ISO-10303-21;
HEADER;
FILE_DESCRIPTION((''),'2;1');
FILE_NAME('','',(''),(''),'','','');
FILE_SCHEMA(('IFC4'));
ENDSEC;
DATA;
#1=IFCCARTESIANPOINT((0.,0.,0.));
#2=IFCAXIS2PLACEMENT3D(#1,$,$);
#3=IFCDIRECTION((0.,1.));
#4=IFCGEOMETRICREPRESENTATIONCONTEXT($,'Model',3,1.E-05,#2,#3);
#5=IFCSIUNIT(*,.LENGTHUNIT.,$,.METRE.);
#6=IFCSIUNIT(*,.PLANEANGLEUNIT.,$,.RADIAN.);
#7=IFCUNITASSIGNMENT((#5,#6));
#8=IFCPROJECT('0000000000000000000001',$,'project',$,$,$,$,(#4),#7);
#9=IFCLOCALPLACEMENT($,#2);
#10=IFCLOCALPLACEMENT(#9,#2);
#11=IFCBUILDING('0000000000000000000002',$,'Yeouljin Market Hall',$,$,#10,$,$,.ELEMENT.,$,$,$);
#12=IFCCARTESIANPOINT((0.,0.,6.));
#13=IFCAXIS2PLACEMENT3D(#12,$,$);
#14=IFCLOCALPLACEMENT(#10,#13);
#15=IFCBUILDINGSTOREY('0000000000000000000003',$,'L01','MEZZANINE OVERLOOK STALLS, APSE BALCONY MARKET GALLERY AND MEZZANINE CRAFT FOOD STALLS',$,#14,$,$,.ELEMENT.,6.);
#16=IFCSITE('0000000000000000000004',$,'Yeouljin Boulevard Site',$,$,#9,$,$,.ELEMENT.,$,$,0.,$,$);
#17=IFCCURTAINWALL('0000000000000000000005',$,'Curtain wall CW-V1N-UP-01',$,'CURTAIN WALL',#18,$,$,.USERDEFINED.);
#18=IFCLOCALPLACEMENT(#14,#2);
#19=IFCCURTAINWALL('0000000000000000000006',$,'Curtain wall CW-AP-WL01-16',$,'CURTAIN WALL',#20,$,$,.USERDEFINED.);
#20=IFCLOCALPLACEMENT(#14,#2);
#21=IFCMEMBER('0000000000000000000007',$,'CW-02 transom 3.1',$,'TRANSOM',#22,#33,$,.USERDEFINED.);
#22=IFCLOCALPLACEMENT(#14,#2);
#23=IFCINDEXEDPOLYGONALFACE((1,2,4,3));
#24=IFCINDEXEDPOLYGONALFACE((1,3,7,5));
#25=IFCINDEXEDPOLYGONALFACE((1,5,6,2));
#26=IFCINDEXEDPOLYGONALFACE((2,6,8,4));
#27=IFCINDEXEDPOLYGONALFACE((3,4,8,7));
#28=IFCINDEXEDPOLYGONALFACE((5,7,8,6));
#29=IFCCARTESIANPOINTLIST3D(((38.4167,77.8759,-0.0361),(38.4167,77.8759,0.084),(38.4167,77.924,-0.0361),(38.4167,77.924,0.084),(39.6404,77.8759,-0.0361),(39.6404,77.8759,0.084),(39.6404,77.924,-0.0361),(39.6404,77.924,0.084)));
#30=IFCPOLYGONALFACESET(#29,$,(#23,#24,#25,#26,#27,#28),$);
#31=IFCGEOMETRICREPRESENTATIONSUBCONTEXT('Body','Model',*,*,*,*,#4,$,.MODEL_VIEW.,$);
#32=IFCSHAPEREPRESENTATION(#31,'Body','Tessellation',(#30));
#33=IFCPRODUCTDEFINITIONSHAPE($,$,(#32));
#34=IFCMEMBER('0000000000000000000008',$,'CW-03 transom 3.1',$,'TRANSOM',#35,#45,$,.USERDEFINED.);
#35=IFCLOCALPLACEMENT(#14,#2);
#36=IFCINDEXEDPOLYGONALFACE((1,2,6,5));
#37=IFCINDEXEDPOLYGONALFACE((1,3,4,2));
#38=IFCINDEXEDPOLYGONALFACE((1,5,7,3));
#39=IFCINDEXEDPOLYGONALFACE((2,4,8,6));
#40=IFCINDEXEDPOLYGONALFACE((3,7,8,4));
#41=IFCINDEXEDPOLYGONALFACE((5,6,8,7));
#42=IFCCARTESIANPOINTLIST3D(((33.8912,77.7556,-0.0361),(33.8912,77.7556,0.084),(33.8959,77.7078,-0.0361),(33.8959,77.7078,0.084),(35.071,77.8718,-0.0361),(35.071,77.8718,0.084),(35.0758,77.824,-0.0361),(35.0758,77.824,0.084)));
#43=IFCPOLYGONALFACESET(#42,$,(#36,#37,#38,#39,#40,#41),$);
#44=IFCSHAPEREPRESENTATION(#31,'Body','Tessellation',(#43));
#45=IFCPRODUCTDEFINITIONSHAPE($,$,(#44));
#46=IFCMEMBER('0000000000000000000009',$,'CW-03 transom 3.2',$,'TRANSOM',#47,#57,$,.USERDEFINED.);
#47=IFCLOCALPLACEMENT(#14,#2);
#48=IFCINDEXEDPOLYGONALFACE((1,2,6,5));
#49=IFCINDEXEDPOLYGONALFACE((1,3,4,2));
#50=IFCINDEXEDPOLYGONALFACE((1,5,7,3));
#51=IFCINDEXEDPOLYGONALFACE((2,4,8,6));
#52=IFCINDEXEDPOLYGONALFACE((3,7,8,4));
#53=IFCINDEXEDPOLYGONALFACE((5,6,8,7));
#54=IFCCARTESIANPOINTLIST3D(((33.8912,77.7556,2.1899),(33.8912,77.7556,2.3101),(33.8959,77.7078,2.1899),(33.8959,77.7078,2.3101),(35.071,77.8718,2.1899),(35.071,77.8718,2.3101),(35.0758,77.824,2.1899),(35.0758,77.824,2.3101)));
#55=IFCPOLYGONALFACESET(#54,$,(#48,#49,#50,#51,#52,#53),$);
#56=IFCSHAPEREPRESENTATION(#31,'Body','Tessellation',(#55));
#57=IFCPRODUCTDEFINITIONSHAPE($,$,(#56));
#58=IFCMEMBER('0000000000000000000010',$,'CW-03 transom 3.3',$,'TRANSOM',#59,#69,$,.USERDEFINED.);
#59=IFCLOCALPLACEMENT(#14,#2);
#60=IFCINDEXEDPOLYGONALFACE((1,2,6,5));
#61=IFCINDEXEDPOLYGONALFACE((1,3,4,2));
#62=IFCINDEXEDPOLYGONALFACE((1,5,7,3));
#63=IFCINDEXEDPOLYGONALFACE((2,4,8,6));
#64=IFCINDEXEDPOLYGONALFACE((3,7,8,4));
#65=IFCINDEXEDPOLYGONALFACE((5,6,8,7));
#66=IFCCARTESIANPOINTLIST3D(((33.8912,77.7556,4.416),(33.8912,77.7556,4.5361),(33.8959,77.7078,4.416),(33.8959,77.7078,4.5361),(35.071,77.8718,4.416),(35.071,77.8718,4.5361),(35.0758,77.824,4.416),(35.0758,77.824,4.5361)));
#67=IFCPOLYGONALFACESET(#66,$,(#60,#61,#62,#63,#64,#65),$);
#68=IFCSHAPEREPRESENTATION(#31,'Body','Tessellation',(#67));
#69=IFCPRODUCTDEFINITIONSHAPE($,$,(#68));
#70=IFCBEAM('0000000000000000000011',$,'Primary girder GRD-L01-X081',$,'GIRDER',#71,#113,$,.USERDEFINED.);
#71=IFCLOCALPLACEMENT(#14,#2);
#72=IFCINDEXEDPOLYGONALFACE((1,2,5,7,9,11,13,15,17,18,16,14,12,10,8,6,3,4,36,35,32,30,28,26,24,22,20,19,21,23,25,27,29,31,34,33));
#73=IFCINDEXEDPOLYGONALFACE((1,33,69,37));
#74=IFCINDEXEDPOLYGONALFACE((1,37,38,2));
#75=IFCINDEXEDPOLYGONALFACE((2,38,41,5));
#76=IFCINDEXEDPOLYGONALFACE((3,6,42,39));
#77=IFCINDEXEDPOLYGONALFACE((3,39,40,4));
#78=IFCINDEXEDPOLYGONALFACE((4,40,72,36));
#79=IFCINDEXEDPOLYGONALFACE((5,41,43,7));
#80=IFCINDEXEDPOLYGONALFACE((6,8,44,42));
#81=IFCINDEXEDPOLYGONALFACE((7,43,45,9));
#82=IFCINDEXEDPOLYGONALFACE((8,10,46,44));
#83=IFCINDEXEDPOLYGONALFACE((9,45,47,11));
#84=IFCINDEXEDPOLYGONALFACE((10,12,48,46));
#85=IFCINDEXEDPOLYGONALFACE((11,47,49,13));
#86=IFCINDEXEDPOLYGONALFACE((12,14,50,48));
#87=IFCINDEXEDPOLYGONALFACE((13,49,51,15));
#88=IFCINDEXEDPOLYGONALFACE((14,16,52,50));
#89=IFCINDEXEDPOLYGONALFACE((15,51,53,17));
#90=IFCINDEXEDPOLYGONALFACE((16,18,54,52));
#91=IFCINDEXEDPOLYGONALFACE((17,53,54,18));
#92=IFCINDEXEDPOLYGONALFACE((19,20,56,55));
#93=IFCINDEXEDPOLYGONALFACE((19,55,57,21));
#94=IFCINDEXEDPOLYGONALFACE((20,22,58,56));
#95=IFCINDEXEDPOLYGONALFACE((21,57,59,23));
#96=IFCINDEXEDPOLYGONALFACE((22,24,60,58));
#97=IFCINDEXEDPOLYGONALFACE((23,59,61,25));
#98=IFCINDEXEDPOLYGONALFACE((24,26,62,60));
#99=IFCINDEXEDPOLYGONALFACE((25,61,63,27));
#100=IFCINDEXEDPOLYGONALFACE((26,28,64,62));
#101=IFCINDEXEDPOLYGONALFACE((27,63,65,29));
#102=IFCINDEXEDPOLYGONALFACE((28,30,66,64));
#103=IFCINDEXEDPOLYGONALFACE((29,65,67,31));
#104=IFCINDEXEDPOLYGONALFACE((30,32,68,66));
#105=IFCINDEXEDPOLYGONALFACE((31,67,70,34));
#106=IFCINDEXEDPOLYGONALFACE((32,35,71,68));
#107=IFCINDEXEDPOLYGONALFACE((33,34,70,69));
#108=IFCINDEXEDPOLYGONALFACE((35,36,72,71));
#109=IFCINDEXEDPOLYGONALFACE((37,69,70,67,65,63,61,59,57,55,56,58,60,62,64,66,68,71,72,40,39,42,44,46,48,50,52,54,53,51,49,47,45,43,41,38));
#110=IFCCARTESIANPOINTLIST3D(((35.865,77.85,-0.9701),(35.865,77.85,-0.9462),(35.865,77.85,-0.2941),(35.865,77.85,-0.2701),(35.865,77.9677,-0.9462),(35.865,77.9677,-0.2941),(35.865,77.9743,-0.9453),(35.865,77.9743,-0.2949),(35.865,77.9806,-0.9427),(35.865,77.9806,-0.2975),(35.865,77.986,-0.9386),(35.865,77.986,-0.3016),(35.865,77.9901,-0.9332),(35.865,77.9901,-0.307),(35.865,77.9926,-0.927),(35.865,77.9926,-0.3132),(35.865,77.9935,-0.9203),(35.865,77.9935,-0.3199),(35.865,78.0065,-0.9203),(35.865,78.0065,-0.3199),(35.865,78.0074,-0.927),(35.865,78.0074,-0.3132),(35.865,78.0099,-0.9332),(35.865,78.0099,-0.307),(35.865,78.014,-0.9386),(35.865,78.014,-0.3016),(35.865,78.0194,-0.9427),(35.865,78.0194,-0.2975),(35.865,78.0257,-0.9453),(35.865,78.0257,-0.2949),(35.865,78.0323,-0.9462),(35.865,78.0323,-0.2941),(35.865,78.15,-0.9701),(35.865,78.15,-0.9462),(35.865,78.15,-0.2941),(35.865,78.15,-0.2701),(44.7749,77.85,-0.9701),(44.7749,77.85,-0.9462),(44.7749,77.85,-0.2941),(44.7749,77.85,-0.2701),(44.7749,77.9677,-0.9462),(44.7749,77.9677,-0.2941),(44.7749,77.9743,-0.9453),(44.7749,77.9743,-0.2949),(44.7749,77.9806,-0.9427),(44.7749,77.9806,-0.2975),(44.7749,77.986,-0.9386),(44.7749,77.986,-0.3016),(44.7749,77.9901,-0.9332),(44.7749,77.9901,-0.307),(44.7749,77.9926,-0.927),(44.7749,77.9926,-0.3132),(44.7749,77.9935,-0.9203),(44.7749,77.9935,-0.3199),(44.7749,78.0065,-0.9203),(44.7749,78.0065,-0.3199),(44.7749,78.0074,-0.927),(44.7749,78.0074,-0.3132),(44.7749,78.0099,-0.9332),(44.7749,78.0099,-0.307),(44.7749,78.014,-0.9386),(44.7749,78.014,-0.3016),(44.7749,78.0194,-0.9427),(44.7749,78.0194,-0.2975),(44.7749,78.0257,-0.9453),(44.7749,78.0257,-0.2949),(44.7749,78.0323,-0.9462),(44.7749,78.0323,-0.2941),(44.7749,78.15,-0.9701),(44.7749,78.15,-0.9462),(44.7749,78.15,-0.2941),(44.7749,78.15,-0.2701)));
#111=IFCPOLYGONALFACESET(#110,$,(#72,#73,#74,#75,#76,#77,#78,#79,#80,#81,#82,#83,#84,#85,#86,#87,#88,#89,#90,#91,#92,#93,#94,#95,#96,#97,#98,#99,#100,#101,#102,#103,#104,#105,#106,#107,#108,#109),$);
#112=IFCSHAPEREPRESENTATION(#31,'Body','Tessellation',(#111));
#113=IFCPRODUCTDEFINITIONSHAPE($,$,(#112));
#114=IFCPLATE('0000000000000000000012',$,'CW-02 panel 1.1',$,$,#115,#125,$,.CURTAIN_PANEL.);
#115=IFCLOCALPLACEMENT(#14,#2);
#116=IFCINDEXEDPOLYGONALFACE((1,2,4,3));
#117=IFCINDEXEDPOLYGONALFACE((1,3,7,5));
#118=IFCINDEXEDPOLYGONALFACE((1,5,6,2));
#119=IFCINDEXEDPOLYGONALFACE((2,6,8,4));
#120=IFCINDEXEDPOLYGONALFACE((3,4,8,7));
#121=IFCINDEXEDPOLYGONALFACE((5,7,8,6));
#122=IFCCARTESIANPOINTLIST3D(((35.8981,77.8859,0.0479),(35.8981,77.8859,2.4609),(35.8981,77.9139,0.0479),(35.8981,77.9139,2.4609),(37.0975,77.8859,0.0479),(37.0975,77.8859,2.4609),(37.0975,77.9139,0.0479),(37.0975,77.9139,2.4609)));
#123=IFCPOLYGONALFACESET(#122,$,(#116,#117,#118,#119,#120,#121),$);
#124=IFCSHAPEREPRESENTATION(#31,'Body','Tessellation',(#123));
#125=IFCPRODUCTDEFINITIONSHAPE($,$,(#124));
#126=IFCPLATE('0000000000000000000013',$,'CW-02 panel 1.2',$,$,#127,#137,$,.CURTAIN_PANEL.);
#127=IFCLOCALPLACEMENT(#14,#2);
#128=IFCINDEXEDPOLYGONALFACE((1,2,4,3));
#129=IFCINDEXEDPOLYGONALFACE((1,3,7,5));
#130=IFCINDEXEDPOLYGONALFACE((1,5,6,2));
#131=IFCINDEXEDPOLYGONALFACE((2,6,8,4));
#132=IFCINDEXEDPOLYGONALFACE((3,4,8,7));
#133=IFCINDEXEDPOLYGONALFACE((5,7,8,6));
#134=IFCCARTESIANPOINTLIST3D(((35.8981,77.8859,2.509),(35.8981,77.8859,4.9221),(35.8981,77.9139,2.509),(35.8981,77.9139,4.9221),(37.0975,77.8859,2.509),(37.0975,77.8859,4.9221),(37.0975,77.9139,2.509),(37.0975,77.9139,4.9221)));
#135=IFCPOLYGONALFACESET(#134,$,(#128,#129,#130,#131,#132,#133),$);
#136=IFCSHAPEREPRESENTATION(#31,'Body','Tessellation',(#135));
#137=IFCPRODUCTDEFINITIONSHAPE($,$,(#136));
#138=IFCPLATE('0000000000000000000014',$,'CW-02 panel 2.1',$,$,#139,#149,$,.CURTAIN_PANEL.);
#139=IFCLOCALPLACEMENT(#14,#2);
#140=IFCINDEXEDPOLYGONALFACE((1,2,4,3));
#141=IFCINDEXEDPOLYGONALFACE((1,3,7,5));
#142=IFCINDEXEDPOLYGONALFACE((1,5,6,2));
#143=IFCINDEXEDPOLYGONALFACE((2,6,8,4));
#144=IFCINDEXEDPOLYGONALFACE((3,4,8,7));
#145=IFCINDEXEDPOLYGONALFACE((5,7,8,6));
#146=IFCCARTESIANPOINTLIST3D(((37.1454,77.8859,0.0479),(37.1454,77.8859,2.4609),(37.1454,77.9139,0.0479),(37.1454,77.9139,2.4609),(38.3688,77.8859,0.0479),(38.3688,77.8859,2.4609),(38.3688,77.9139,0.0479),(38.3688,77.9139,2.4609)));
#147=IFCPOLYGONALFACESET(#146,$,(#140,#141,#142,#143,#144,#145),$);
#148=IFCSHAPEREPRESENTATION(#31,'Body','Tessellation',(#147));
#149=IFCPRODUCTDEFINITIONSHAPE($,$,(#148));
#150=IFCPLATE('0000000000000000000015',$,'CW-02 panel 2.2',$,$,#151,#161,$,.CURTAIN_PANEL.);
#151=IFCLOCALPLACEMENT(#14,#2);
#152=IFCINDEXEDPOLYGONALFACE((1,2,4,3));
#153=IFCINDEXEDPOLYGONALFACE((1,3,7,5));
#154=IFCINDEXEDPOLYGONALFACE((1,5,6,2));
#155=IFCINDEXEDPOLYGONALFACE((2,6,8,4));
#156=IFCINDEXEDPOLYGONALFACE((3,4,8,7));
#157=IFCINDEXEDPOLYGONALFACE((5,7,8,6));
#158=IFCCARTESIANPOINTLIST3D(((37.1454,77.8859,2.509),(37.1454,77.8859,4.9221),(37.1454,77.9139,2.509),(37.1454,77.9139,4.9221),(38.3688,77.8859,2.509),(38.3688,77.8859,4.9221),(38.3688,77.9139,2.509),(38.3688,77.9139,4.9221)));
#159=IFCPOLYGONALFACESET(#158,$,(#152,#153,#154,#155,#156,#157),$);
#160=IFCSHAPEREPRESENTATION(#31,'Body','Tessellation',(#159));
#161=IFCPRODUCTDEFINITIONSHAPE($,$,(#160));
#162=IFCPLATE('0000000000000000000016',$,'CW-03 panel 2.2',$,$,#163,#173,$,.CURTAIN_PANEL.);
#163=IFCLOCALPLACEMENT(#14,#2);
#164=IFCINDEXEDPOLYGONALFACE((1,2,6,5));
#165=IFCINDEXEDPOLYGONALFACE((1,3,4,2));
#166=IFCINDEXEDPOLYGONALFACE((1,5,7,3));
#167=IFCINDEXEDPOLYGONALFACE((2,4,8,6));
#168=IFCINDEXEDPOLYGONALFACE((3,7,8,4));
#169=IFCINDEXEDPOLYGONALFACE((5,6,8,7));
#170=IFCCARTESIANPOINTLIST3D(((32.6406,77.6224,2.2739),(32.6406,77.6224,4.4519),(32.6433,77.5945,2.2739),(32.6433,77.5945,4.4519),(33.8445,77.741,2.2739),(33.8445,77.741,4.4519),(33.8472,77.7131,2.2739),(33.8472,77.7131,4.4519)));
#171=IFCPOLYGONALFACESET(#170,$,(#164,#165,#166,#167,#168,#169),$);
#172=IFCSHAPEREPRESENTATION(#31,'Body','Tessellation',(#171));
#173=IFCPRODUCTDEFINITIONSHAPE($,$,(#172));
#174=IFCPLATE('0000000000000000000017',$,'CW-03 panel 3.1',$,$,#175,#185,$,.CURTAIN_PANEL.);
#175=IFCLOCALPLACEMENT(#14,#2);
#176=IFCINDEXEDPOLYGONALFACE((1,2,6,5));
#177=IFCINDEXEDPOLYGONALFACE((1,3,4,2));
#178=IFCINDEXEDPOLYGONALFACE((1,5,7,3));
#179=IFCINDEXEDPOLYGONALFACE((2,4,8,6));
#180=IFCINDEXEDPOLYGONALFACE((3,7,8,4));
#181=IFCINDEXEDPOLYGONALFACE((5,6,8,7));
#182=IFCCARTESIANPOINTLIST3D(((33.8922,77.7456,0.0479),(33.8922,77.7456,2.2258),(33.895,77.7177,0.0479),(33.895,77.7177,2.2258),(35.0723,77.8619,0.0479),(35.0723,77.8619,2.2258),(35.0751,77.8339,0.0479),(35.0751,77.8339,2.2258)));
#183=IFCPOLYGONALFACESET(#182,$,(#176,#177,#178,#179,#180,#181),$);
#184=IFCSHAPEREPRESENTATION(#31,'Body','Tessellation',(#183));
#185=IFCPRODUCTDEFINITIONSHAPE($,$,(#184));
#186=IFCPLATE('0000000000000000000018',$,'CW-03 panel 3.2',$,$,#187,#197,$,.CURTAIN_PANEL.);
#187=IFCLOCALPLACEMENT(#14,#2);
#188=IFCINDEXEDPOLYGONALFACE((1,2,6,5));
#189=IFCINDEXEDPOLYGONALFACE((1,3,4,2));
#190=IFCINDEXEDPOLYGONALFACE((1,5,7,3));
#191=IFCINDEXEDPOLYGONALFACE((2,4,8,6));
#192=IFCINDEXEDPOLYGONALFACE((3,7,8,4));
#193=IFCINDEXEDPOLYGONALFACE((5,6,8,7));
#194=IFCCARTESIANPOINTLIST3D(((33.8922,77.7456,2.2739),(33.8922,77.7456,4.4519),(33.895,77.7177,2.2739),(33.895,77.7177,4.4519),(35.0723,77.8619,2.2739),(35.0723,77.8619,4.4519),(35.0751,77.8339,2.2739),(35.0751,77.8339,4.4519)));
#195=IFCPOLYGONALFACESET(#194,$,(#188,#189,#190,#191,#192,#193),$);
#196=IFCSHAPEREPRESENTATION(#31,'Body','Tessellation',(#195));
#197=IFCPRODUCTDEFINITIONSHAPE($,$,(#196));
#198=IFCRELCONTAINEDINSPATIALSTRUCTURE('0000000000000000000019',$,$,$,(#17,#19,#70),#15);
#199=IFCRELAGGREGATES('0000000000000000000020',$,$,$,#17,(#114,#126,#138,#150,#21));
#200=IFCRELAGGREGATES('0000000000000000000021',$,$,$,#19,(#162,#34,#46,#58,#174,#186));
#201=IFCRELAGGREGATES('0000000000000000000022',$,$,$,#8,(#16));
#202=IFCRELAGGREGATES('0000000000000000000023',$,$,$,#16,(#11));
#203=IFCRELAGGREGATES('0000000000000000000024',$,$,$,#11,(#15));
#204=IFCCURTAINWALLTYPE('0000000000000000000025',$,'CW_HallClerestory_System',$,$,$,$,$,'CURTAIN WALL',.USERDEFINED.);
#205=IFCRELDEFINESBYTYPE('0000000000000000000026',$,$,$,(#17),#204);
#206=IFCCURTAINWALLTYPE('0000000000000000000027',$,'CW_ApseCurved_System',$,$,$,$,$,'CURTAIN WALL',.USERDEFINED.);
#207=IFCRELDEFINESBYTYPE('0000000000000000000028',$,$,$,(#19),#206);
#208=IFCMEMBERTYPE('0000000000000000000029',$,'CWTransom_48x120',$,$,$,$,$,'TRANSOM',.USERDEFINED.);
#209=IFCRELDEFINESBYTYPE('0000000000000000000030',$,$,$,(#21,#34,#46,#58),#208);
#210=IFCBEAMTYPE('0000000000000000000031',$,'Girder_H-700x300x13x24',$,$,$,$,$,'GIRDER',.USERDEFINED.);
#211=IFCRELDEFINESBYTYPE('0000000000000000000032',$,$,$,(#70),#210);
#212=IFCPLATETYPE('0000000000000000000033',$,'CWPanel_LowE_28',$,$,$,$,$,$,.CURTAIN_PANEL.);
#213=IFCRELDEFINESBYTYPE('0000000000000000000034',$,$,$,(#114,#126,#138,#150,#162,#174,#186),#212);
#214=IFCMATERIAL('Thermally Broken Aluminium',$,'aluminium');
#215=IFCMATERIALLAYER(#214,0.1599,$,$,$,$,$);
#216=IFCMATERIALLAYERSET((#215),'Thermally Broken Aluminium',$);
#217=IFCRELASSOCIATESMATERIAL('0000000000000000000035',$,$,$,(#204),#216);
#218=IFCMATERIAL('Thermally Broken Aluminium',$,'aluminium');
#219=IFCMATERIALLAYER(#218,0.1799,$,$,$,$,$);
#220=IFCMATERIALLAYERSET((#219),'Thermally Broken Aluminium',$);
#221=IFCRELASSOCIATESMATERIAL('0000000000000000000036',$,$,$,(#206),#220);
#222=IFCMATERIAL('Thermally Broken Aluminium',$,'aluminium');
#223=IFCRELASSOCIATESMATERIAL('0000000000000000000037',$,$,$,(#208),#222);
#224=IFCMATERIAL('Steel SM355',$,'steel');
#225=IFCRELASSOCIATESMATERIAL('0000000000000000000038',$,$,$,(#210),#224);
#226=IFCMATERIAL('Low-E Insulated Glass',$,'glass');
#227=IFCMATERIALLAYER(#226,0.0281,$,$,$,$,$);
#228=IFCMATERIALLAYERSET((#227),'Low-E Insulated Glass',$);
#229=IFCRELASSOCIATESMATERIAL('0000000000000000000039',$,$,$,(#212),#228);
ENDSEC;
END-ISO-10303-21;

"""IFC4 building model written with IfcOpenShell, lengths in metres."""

from ifc_helpers import new_model, si_unit, direction, frame, origin, origin_2d, place, context, subcontext, project, spatial, rectangle, i_section, extrude, material, layer, layer_set, material_profile, profile_set, type_object, element, aggregate, save


model = new_model("IFC4")

# Units and contexts
model_context = context("Model", 3, precision=1e-05, world=origin(), true_north=direction((0.0, 1.0)))
body_context = subcontext(model_context, "Body", "Model", "MODEL_VIEW")
ifc_project = project(units=[si_unit("LENGTHUNIT", "METRE"), si_unit("PLANEANGLEUNIT", "RADIAN")], contexts=[model_context])

# Site, building, storey
site_placement = place(None, origin())
site = spatial("IfcSite", under=ifc_project, at=site_placement, Name="Yeouljin Boulevard Site", CompositionType="ELEMENT", RefElevation=0.0)
building_placement = place(site_placement, origin())
building = spatial("IfcBuilding", under=site, at=building_placement, Name="Yeouljin Market Hall", CompositionType="ELEMENT")
storey_placement = place(building_placement, frame((0.0, 0.0, 6.0)))
storey = spatial("IfcBuildingStorey", under=building, at=storey_placement, Name="L01", Description="MEZZANINE OVERLOOK STALLS, APSE BALCONY MARKET GALLERY AND MEZZANINE CRAFT FOOD STALLS", CompositionType="ELEMENT", Elevation=6.0)

# Curtain walls
ifc_material_1 = material(Name="Thermally Broken Aluminium", Category="aluminium")
ifc_layer_1 = layer(ifc_material_1, 0.1599)
ifc_layer_set_1 = layer_set([ifc_layer_1], Name="Thermally Broken Aluminium")
curtain_wall_type_1 = type_object("IfcCurtainWallType", Name="CW_HallClerestory_System", ElementType="CURTAIN WALL", PredefinedType="USERDEFINED", material=ifc_layer_set_1)
curtain_wall_1_placement = place(storey_placement, origin())
curtain_wall_1 = element("IfcCurtainWall", 1, at=curtain_wall_1_placement, inside=storey, type_object=curtain_wall_type_1, Name="Curtain wall CW-V1N-UP-01", ObjectType="CURTAIN WALL", PredefinedType="USERDEFINED")
ifc_material_2 = material(Name="Thermally Broken Aluminium", Category="aluminium")
ifc_layer_2 = layer(ifc_material_2, 0.1799)
ifc_layer_set_2 = layer_set([ifc_layer_2], Name="Thermally Broken Aluminium")
curtain_wall_type_2 = type_object("IfcCurtainWallType", Name="CW_ApseCurved_System", ElementType="CURTAIN WALL", PredefinedType="USERDEFINED", material=ifc_layer_set_2)
curtain_wall_2_placement = place(storey_placement, origin())
curtain_wall_2 = element("IfcCurtainWall", 2, at=curtain_wall_2_placement, inside=storey, type_object=curtain_wall_type_2, Name="Curtain wall CW-AP-WL01-16", ObjectType="CURTAIN WALL", PredefinedType="USERDEFINED")

# Members
ifc_material_3 = material(Name="Thermally Broken Aluminium", Category="aluminium")
ifc_material_profile_1 = material_profile(ifc_material_3, rectangle(XDim=0.0481, YDim=0.1201, at=origin_2d()), Name="CW-TRAN-48x120")
ifc_profile_set_1 = profile_set([ifc_material_profile_1], Name="Thermally Broken Aluminium")
member_type_1 = type_object("IfcMemberType", Name="CWTransom_48x120", ElementType="TRANSOM", PredefinedType="USERDEFINED", material=ifc_profile_set_1)
member_1_placement = place(storey_placement, frame((38.4167, 77.8999, 0.0239), z_axis=(1.0, 0.0, 0.0), x_axis=(0.0, 1.0, 0.0)))
member_1 = element("IfcMember", 3, at=member_1_placement, type_object=member_type_1, Name="CW-02 transom 3.1", ObjectType="TRANSOM", PredefinedType="USERDEFINED", context=body_context, shape_type="SweptSolid", body=[
    extrude(rectangle(XDim=0.0481, YDim=0.1201, at=origin_2d()), origin(), (0.0, 0.0, 1.0), 1.2236),
])
member_2_placement = place(storey_placement, frame((33.8936, 77.7317, 0.0239), z_axis=(0.995185, 0.098015, 0.0), x_axis=(-0.098015, 0.995185, 0.0)))
member_2 = element("IfcMember", 4, at=member_2_placement, type_object=member_type_1, Name="CW-03 transom 3.1", ObjectType="TRANSOM", PredefinedType="USERDEFINED", context=body_context, shape_type="SweptSolid", body=[
    extrude(rectangle(XDim=0.0481, YDim=0.1201, at=origin_2d()), origin(), (0.0, 0.0, 1.0), 1.1855),
])
member_3_placement = place(storey_placement, frame((33.8936, 77.7317, 2.25), z_axis=(0.995185, 0.098015, 0.0), x_axis=(-0.098015, 0.995185, 0.0)))
member_3 = element("IfcMember", 5, at=member_3_placement, type_object=member_type_1, Name="CW-03 transom 3.2", ObjectType="TRANSOM", PredefinedType="USERDEFINED", context=body_context, shape_type="SweptSolid", body=[
    extrude(rectangle(XDim=0.0481, YDim=0.1201, at=origin_2d()), origin(), (0.0, 0.0, 1.0), 1.1855),
])
member_4_placement = place(storey_placement, frame((33.8936, 77.7317, 4.4761), z_axis=(0.995185, 0.098015, 0.0), x_axis=(-0.098015, 0.995185, 0.0)))
member_4 = element("IfcMember", 6, at=member_4_placement, type_object=member_type_1, Name="CW-03 transom 3.3", ObjectType="TRANSOM", PredefinedType="USERDEFINED", context=body_context, shape_type="SweptSolid", body=[
    extrude(rectangle(XDim=0.0481, YDim=0.1201, at=origin_2d()), origin(), (0.0, 0.0, 1.0), 1.1855),
])

# Beam
ifc_material_4 = material(Name="Steel SM355", Category="steel")
ifc_material_profile_2 = material_profile(ifc_material_4, i_section(OverallWidth=0.3, OverallDepth=0.7, WebThickness=0.0129, FlangeThickness=0.0239, FilletRadius=0.0259, at=origin_2d()), Name="H-700x300x13x24")
ifc_profile_set_2 = profile_set([ifc_material_profile_2], Name="Steel SM355")
beam_type = type_object("IfcBeamType", Name="Girder_H-700x300x13x24", ElementType="GIRDER", PredefinedType="USERDEFINED", material=ifc_profile_set_2)
beam_placement = place(storey_placement, frame((35.865, 78.0, -0.6201), z_axis=(1.0, 0.0, 0.0), x_axis=(0.0, 1.0, 0.0)))
element("IfcBeam", 7, at=beam_placement, inside=storey, type_object=beam_type, Name="Primary girder GRD-L01-X081", ObjectType="GIRDER", PredefinedType="USERDEFINED", context=body_context, shape_type="SweptSolid", body=[
    extrude(i_section(OverallWidth=0.3, OverallDepth=0.7, WebThickness=0.0129, FlangeThickness=0.0239, FilletRadius=0.0259, at=origin_2d()), origin(), (0.0, 0.0, 1.0), 8.9099),
])

# Plates
ifc_material_5 = material(Name="Low-E Insulated Glass", Category="glass")
ifc_layer_3 = layer(ifc_material_5, 0.0281)
ifc_layer_set_3 = layer_set([ifc_layer_3], Name="Low-E Insulated Glass")
plate_type = type_object("IfcPlateType", Name="CWPanel_LowE_28", PredefinedType="CURTAIN_PANEL", material=ifc_layer_set_3)
plate_1_placement = place(storey_placement, frame((36.4978, 77.8999, 0.0479), z_axis=(0.0, 0.0, 1.0), x_axis=(1.0, 0.0, 0.0)))
plate_1 = element("IfcPlate", 8, at=plate_1_placement, type_object=plate_type, Name="CW-02 panel 1.1", PredefinedType="CURTAIN_PANEL", context=body_context, shape_type="SweptSolid", body=[
    extrude(rectangle(XDim=1.1995, YDim=0.0281, at=origin_2d()), origin(), (0.0, 0.0, 1.0), 2.4131),
])
plate_2_placement = place(storey_placement, frame((36.4978, 77.8999, 2.509), z_axis=(0.0, 0.0, 1.0), x_axis=(1.0, 0.0, 0.0)))
plate_2 = element("IfcPlate", 9, at=plate_2_placement, type_object=plate_type, Name="CW-02 panel 1.2", PredefinedType="CURTAIN_PANEL", context=body_context, shape_type="SweptSolid", body=[
    extrude(rectangle(XDim=1.1995, YDim=0.0281, at=origin_2d()), origin(), (0.0, 0.0, 1.0), 2.4131),
])
plate_3_placement = place(storey_placement, frame((37.7571, 77.8999, 0.0479), z_axis=(0.0, 0.0, 1.0), x_axis=(1.0, 0.0, 0.0)))
plate_3 = element("IfcPlate", 10, at=plate_3_placement, type_object=plate_type, Name="CW-02 panel 2.1", PredefinedType="CURTAIN_PANEL", context=body_context, shape_type="SweptSolid", body=[
    extrude(rectangle(XDim=1.2234, YDim=0.0281, at=origin_2d()), origin(), (0.0, 0.0, 1.0), 2.4131),
])
plate_4_placement = place(storey_placement, frame((37.7571, 77.8999, 2.509), z_axis=(0.0, 0.0, 1.0), x_axis=(1.0, 0.0, 0.0)))
plate_4 = element("IfcPlate", 11, at=plate_4_placement, type_object=plate_type, Name="CW-02 panel 2.2", PredefinedType="CURTAIN_PANEL", context=body_context, shape_type="SweptSolid", body=[
    extrude(rectangle(XDim=1.2234, YDim=0.0281, at=origin_2d()), origin(), (0.0, 0.0, 1.0), 2.4131),
])
aggregate(curtain_wall_1, [plate_1, plate_2, plate_3, plate_4, member_1])
plate_5_placement = place(storey_placement, frame((33.2439, 77.6677, 2.2739), z_axis=(0.0, 0.0, 1.0), x_axis=(0.995183, 0.098034, 0.0)))
plate_5 = element("IfcPlate", 12, at=plate_5_placement, type_object=plate_type, Name="CW-03 panel 2.2", PredefinedType="CURTAIN_PANEL", context=body_context, shape_type="SweptSolid", body=[
    extrude(rectangle(XDim=1.2097, YDim=0.0281, at=origin_2d()), origin(), (0.0, 0.0, 1.0), 2.178),
])
plate_6_placement = place(storey_placement, frame((34.4836, 77.7898, 0.0479), z_axis=(0.0, 0.0, 1.0), x_axis=(0.995183, 0.098034, 0.0)))
plate_6 = element("IfcPlate", 13, at=plate_6_placement, type_object=plate_type, Name="CW-03 panel 3.1", PredefinedType="CURTAIN_PANEL", context=body_context, shape_type="SweptSolid", body=[
    extrude(rectangle(XDim=1.1858, YDim=0.0281, at=origin_2d()), origin(), (0.0, 0.0, 1.0), 2.178),
])
plate_7_placement = place(storey_placement, frame((34.4836, 77.7898, 2.2739), z_axis=(0.0, 0.0, 1.0), x_axis=(0.995183, 0.098034, 0.0)))
plate_7 = element("IfcPlate", 14, at=plate_7_placement, type_object=plate_type, Name="CW-03 panel 3.2", PredefinedType="CURTAIN_PANEL", context=body_context, shape_type="SweptSolid", body=[
    extrude(rectangle(XDim=1.1858, YDim=0.0281, at=origin_2d()), origin(), (0.0, 0.0, 1.0), 2.178),
])
aggregate(curtain_wall_2, [plate_5, member_2, member_3, member_4, plate_6, plate_7])

save(model, "model.ifc")
